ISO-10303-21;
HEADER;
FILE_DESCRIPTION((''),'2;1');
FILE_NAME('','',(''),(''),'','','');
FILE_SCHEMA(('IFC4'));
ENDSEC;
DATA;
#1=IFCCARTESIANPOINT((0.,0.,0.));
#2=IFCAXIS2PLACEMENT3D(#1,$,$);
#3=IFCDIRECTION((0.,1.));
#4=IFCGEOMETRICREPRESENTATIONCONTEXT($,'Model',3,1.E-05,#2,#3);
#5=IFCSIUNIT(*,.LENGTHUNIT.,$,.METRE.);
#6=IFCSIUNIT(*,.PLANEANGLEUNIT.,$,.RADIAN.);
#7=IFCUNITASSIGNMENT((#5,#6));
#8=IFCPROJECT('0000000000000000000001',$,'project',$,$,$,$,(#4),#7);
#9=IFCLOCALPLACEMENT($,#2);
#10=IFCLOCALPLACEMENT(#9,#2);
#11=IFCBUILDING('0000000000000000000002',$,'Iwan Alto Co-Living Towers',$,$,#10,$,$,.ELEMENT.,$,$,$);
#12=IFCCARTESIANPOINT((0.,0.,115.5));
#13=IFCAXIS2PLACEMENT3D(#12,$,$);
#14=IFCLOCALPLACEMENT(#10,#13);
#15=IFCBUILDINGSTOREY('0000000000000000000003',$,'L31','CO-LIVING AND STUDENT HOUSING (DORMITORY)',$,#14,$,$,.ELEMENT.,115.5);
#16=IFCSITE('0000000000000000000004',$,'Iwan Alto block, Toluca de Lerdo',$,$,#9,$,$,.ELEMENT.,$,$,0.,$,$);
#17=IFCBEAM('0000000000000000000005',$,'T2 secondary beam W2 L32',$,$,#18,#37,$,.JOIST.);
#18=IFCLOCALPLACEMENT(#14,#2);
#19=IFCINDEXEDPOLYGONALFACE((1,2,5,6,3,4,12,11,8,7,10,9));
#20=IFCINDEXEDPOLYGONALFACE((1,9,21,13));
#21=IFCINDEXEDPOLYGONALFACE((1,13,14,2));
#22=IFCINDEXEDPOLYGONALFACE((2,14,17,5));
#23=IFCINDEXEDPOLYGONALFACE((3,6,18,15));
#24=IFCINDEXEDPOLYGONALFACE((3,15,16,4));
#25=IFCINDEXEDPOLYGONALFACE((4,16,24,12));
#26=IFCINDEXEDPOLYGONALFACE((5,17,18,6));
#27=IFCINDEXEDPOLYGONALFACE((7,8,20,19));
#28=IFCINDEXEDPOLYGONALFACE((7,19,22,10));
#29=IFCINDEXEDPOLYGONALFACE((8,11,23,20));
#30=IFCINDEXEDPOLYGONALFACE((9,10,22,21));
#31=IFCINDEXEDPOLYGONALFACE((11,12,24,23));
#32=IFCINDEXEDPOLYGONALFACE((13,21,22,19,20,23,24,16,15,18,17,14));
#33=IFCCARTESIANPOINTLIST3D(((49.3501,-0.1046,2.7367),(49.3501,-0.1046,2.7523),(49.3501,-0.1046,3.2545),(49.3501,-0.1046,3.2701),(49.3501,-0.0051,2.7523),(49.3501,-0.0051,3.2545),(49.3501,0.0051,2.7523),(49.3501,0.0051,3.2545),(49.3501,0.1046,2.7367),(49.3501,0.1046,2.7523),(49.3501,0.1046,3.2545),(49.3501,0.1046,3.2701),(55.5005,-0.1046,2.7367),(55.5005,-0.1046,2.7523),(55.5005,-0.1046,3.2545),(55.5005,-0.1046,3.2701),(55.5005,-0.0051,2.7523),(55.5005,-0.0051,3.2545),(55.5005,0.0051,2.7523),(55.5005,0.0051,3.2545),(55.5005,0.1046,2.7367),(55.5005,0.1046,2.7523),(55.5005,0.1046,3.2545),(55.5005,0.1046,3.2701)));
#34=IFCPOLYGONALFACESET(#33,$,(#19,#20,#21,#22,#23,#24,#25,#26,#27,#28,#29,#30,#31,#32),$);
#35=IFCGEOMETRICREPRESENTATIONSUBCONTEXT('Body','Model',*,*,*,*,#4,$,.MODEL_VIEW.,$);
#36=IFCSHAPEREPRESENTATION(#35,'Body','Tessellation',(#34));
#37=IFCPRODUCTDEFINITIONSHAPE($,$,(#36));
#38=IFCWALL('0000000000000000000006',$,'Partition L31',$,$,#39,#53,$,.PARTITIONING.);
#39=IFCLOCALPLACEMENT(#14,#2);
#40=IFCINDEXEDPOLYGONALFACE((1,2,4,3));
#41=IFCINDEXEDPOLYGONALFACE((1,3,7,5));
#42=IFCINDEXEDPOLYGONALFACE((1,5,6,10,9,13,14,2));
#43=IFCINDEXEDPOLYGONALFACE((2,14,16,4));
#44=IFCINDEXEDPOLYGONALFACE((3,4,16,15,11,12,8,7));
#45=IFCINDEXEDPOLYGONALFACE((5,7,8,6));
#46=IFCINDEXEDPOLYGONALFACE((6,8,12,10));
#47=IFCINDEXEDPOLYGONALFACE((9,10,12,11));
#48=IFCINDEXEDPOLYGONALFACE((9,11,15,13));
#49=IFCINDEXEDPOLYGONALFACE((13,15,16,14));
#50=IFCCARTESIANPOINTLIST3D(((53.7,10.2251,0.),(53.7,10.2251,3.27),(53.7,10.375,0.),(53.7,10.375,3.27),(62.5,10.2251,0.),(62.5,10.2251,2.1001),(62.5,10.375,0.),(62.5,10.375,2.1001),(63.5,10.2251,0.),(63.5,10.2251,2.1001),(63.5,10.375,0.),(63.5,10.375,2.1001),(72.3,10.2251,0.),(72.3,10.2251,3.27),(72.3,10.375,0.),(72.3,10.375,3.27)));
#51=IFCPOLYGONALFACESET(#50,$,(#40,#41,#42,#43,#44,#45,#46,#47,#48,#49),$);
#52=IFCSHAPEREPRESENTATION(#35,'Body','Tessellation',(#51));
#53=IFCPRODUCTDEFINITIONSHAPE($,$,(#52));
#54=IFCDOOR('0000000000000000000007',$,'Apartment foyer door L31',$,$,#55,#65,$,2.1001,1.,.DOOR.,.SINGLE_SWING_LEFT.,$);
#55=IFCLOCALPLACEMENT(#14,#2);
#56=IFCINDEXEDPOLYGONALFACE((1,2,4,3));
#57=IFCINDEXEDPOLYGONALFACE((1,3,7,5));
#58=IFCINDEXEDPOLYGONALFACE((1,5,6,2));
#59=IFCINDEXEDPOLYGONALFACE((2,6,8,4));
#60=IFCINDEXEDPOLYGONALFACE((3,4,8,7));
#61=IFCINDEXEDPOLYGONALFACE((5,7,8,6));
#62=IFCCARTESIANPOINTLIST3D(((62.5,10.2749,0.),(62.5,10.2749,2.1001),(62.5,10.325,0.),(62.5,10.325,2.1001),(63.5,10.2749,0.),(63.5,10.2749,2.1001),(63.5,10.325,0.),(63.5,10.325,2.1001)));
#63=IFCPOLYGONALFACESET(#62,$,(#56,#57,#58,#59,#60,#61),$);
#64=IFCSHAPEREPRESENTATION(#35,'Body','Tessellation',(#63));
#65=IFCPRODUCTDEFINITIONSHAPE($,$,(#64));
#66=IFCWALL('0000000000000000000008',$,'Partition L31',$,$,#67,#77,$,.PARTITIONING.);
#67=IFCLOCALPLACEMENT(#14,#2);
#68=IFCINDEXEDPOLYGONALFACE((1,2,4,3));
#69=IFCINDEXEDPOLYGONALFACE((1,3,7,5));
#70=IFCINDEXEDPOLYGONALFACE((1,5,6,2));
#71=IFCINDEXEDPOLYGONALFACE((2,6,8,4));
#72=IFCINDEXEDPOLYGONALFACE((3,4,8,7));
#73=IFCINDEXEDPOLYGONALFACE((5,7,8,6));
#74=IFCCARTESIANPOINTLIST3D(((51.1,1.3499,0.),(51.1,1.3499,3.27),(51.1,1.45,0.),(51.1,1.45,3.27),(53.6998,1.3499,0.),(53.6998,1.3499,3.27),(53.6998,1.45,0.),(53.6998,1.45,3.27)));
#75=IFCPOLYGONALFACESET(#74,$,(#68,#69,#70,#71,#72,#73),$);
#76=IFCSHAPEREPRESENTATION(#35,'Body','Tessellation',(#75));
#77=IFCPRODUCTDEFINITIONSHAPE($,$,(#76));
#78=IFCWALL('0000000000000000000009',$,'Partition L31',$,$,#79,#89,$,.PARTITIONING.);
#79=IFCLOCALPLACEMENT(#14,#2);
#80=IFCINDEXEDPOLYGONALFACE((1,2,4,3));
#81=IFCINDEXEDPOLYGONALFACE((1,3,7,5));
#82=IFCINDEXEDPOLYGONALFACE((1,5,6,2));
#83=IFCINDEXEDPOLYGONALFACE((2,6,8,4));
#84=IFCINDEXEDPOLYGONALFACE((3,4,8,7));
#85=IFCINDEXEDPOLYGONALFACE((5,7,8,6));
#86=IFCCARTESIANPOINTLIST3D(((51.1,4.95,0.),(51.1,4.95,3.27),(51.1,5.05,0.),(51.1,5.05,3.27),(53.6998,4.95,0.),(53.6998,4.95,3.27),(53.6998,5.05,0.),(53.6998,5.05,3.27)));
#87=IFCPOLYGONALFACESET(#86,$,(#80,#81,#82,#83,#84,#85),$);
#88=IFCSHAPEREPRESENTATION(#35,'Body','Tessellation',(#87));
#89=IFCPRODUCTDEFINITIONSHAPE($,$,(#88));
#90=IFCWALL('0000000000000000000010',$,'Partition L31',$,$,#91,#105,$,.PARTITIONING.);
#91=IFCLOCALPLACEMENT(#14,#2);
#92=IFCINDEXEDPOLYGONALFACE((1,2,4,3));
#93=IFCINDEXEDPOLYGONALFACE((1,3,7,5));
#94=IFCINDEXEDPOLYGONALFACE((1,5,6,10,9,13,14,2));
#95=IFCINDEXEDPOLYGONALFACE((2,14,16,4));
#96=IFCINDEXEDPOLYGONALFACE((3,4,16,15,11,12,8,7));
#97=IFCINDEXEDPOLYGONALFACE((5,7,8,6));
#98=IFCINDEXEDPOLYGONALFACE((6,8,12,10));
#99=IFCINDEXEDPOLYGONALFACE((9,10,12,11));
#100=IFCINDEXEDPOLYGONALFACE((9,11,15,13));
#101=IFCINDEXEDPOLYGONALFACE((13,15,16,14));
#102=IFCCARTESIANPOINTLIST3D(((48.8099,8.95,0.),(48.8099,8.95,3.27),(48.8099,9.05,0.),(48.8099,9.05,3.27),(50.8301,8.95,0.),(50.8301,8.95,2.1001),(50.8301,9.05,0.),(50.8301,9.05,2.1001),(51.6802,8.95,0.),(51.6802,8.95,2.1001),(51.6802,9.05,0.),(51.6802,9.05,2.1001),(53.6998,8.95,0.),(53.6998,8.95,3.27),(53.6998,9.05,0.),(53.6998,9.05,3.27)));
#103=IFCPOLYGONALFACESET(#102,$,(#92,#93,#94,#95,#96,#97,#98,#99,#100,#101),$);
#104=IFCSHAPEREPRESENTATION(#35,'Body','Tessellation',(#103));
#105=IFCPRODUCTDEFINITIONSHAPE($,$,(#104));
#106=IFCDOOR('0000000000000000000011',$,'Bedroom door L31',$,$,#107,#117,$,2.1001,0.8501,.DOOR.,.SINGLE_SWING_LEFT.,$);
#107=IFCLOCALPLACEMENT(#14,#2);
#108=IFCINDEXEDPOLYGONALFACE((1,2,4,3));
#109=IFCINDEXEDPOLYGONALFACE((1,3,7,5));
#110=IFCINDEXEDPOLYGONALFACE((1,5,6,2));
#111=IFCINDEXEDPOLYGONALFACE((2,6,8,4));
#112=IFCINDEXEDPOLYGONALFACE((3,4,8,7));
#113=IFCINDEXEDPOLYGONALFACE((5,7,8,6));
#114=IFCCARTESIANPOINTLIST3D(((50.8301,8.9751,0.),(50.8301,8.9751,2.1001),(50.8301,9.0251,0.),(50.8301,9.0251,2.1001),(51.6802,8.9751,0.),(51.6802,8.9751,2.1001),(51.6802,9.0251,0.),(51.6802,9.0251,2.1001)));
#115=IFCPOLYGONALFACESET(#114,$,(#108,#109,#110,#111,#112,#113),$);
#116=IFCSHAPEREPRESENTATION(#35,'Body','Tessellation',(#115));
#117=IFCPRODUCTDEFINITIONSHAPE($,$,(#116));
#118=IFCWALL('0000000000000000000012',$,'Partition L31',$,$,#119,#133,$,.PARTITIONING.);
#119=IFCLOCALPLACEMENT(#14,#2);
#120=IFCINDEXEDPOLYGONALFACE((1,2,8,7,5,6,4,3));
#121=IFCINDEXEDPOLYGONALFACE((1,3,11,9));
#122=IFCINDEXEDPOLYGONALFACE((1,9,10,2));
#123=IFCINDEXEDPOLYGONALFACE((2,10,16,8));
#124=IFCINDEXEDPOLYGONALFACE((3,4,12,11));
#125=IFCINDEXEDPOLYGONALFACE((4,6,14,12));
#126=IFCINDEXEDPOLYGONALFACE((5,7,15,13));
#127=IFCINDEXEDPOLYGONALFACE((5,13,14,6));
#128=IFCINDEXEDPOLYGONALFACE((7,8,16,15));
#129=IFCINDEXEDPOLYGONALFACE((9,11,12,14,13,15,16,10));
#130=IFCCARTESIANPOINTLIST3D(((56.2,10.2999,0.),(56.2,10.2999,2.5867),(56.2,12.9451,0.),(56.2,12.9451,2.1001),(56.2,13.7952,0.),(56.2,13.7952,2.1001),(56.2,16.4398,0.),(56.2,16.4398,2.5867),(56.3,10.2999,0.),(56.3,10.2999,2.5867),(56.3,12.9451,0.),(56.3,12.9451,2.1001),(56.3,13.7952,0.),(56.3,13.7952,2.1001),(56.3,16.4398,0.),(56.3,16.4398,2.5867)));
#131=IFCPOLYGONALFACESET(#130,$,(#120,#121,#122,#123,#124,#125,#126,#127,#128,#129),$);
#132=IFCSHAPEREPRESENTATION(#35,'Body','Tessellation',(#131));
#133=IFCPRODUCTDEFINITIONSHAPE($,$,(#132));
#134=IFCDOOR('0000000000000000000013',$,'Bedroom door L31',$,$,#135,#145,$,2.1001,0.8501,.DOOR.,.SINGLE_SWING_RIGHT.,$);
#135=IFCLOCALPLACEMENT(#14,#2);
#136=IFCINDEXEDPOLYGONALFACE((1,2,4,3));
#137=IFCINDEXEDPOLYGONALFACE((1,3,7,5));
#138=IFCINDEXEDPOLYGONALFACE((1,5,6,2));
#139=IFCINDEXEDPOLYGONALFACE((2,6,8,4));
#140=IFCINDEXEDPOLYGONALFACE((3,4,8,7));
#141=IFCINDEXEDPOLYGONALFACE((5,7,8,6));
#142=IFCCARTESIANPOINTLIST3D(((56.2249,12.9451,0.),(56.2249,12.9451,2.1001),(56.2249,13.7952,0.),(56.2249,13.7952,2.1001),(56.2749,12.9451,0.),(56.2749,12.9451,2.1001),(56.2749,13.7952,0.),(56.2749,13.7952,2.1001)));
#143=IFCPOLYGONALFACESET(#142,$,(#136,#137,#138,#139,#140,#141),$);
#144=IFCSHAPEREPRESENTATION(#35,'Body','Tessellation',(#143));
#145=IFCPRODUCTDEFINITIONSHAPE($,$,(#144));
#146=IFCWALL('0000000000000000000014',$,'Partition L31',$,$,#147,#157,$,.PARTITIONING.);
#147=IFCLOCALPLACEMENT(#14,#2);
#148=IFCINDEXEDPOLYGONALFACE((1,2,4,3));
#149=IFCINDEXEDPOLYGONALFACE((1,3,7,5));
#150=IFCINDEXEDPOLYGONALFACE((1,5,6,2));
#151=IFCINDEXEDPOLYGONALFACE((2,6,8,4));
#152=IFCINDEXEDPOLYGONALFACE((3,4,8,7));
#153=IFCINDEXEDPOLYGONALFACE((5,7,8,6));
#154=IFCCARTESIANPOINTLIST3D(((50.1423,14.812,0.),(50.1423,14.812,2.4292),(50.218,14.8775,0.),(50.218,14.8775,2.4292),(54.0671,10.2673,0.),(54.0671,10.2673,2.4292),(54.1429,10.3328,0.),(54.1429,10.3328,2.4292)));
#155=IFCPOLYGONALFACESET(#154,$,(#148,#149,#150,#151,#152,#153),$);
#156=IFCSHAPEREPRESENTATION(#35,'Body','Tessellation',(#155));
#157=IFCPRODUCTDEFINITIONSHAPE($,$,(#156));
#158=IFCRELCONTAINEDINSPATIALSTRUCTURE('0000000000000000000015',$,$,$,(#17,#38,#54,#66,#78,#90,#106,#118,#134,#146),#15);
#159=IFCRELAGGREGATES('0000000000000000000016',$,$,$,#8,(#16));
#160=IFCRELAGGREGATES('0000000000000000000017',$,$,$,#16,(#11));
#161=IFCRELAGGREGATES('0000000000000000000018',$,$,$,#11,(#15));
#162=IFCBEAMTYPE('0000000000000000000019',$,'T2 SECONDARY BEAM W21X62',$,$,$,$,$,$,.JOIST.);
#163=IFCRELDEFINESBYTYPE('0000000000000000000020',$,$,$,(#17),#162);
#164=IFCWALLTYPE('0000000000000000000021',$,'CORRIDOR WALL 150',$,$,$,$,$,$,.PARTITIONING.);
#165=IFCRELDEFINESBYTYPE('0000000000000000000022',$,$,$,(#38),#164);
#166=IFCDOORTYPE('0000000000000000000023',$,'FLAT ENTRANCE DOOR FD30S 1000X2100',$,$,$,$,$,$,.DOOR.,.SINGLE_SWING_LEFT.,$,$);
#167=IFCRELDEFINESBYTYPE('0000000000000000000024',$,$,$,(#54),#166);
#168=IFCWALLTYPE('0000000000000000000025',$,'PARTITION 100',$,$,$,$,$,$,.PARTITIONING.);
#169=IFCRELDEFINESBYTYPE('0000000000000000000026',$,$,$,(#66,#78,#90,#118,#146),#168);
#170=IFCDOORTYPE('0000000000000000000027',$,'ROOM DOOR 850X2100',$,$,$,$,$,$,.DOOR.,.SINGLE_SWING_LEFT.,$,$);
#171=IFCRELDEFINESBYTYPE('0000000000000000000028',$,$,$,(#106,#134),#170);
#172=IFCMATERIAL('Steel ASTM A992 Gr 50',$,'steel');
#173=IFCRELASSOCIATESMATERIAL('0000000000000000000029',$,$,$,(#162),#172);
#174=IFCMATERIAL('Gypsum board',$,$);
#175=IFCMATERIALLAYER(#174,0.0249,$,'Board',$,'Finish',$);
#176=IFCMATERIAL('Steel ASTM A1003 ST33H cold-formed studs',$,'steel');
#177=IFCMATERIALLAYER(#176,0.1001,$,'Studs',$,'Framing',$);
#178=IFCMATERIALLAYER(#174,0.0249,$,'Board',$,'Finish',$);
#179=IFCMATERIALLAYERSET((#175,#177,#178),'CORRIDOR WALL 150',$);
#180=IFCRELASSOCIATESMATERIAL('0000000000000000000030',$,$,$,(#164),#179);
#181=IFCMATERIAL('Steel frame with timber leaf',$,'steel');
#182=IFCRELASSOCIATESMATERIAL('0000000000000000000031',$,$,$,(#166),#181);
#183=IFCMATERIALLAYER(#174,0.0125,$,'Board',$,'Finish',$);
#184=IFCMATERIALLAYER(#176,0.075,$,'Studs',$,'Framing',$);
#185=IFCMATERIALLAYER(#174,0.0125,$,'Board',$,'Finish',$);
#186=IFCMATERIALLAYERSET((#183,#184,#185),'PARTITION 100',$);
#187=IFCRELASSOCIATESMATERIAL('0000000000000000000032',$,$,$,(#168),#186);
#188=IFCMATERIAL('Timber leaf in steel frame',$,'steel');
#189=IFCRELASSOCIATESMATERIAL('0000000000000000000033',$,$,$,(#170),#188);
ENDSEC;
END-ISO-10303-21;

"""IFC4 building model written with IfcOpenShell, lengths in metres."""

from ifc_helpers import new_model, si_unit, direction, frame, frame_2d, origin, origin_2d, place, context, subcontext, project, spatial, rectangle, i_section, extrude, material, layer, layer_set, material_profile, profile_set, type_object, element, fill, save


model = new_model("IFC4")

# Units and contexts
model_context = context("Model", 3, precision=1e-05, world=origin(), true_north=direction((0.0, 1.0)))
body_context = subcontext(model_context, "Body", "Model", "MODEL_VIEW")
ifc_project = project(units=[si_unit("LENGTHUNIT", "METRE"), si_unit("PLANEANGLEUNIT", "RADIAN")], contexts=[model_context])

# Site, building, storey
site_placement = place(None, origin())
site = spatial("IfcSite", under=ifc_project, at=site_placement, Name="Iwan Alto block, Toluca de Lerdo", CompositionType="ELEMENT", RefElevation=0.0)
building_placement = place(site_placement, origin())
building = spatial("IfcBuilding", under=site, at=building_placement, Name="Iwan Alto Co-Living Towers", CompositionType="ELEMENT")
storey_placement = place(building_placement, frame((0.0, 0.0, 115.5)))
storey = spatial("IfcBuildingStorey", under=building, at=storey_placement, Name="L31", Description="CO-LIVING AND STUDENT HOUSING (DORMITORY)", CompositionType="ELEMENT", Elevation=115.5)

# Beam
ifc_material_1 = material(Name="Steel ASTM A992 Gr 50", Category="steel")
ifc_material_profile_1 = material_profile(ifc_material_1, i_section(OverallWidth=0.2092, OverallDepth=0.5334, WebThickness=0.0103, FlangeThickness=0.0156, at=origin_2d()), Name="W21X62")
ifc_profile_set_1 = profile_set([ifc_material_profile_1], Name="Steel ASTM A992 Gr 50")
beam_type_1 = type_object("IfcBeamType", Name="T2 SECONDARY BEAM W21X62", PredefinedType="JOIST", material=ifc_profile_set_1)
for number, where, z_axis, x_axis, name in (
    (1, (49.3501, 0.0, 3.0034), (1.0, 0.0, 0.0), (0.0, 1.0, 0.0), "T2 secondary beam W2 L32"),
):
    element("IfcBeam", number, at=place(storey_placement, frame(where, z_axis=z_axis, x_axis=x_axis)), inside=storey, type_object=beam_type_1, Name=name, PredefinedType="JOIST", context=body_context, shape_type="SweptSolid", body=[
        extrude(i_section(OverallWidth=0.2092, OverallDepth=0.5334, WebThickness=0.0103, FlangeThickness=0.0156, at=origin_2d()), origin(), (0.0, 0.0, 1.0), 6.1504),
    ])

# Wall, opening, door
ifc_material_2 = material(Name="Gypsum board")
ifc_layer_1 = layer(ifc_material_2, 0.0249, Name="Board", Category="Finish")
ifc_material_3 = material(Name="Steel ASTM A1003 ST33H cold-formed studs", Category="steel")
ifc_layer_2 = layer(ifc_material_3, 0.1001, Name="Studs", Category="Framing")
ifc_layer_3 = layer(ifc_material_2, 0.0249, Name="Board", Category="Finish")
ifc_layer_set_1 = layer_set([ifc_layer_1, ifc_layer_2, ifc_layer_3], Name="CORRIDOR WALL 150")
wall_type_1 = type_object("IfcWallType", Name="CORRIDOR WALL 150", PredefinedType="PARTITIONING", material=ifc_layer_set_1)
wall_1_placement = place(storey_placement, frame((53.7, 10.3, 0.0), z_axis=(0.0, 0.0, 1.0), x_axis=(1.0, 0.0, 0.0)))
wall_1 = element("IfcWall", 2, at=wall_1_placement, inside=storey, type_object=wall_type_1, Name="Partition L31", PredefinedType="PARTITIONING", context=body_context, shape_type="SweptSolid", body=[
    extrude(rectangle(XDim=18.6001, YDim=0.1499, at=frame_2d((9.3, 0.0))), origin(), (0.0, 0.0, 1.0), 3.27),
])
opening_1_placement = place(wall_1_placement, frame((8.8, 0.0, 0.0)))
opening_1 = element("IfcOpeningElement", 3, at=opening_1_placement, cuts=wall_1, PredefinedType="OPENING", context=body_context, shape_type="SweptSolid", body=[
    extrude(rectangle(XDim=1.0, YDim=2.1001, at=frame_2d((0.5, 1.05))), frame((0.0, 0.085, 0.0), z_axis=(0.0, -1.0, 0.0), x_axis=(1.0, 0.0, 0.0)), (0.0, 0.0, 1.0), 0.1699),
])
ifc_material_4 = material(Name="Steel frame with timber leaf", Category="steel")
door_type_1 = type_object("IfcDoorType", Name="FLAT ENTRANCE DOOR FD30S 1000X2100", OperationType="SINGLE_SWING_LEFT", PredefinedType="DOOR", material=ifc_material_4)
door_1_placement = place(opening_1_placement, origin())
door_1 = element("IfcDoor", 4, at=door_1_placement, inside=storey, type_object=door_type_1, Name="Apartment foyer door L31", OperationType="SINGLE_SWING_LEFT", OverallHeight=2.1001, OverallWidth=1.0, PredefinedType="DOOR", context=body_context, shape_type="SweptSolid", body=[
    extrude(rectangle(XDim=1.0, YDim=2.1001, at=frame_2d((0.5, 1.05))), frame((0.0, 0.0249, 0.0), z_axis=(0.0, -1.0, 0.0), x_axis=(1.0, 0.0, 0.0)), (0.0, 0.0, 1.0), 0.05),
])
fill(opening_1, door_1)

# Walls
ifc_layer_4 = layer(ifc_material_2, 0.0125, Name="Board", Category="Finish")
ifc_layer_5 = layer(ifc_material_3, 0.075, Name="Studs", Category="Framing")
ifc_layer_6 = layer(ifc_material_2, 0.0125, Name="Board", Category="Finish")
ifc_layer_set_2 = layer_set([ifc_layer_4, ifc_layer_5, ifc_layer_6], Name="PARTITION 100")
wall_type_2 = type_object("IfcWallType", Name="PARTITION 100", PredefinedType="PARTITIONING", material=ifc_layer_set_2)
for number, where, z_axis, x_axis, name in (
    (5, (51.1001, 1.3999, 0.0), (0.0, 0.0, 1.0), (1.0, 0.0, 0.0), "Partition L31"),
    (6, (51.1001, 5.0, 0.0), (0.0, 0.0, 1.0), (1.0, 0.0, 0.0), "Partition L31"),
):
    element("IfcWall", number, at=place(storey_placement, frame(where, z_axis=z_axis, x_axis=x_axis)), inside=storey, type_object=wall_type_2, Name=name, PredefinedType="PARTITIONING", context=body_context, shape_type="SweptSolid", body=[
        extrude(rectangle(XDim=2.5999, YDim=0.1001, at=frame_2d((1.2998, 0.0))), origin(), (0.0, 0.0, 1.0), 3.27),
    ])

# Walls, openings, doors
wall_2_placement = place(storey_placement, frame((48.8101, 9.0, 0.0), z_axis=(0.0, 0.0, 1.0), x_axis=(1.0, 0.0, 0.0)))
wall_2 = element("IfcWall", 7, at=wall_2_placement, inside=storey, type_object=wall_type_2, Name="Partition L31", PredefinedType="PARTITIONING", context=body_context, shape_type="SweptSolid", body=[
    extrude(rectangle(XDim=4.8899, YDim=0.1001, at=frame_2d((2.4448, 0.0))), origin(), (0.0, 0.0, 1.0), 3.27),
])
opening_2_placement = place(wall_2_placement, frame((2.02, 0.0, 0.0)))
opening_2 = element("IfcOpeningElement", 8, at=opening_2_placement, cuts=wall_2, PredefinedType="OPENING", context=body_context, shape_type="SweptSolid", body=[
    extrude(rectangle(XDim=0.8501, YDim=2.1001, at=frame_2d((0.425, 1.05))), frame((0.0, 0.0601, 0.0), z_axis=(0.0, -1.0, 0.0), x_axis=(1.0, 0.0, 0.0)), (0.0, 0.0, 1.0), 0.1201),
])
ifc_material_5 = material(Name="Timber leaf in steel frame", Category="steel")
door_type_2 = type_object("IfcDoorType", Name="ROOM DOOR 850X2100", OperationType="SINGLE_SWING_LEFT", PredefinedType="DOOR", material=ifc_material_5)
door_2_placement = place(opening_2_placement, frame((0.8501, 0.0, 0.0), z_axis=(0.0, 0.0, 1.0), x_axis=(-1.0, 0.0, 0.0)))
door_2 = element("IfcDoor", 9, at=door_2_placement, inside=storey, type_object=door_type_2, Name="Bedroom door L31", OperationType="SINGLE_SWING_LEFT", OverallHeight=2.1001, OverallWidth=0.8501, PredefinedType="DOOR", context=body_context, shape_type="SweptSolid", body=[
    extrude(rectangle(XDim=0.8501, YDim=2.1001, at=frame_2d((0.425, 1.05))), frame((0.0, 0.0249, 0.0), z_axis=(0.0, -1.0, 0.0), x_axis=(1.0, 0.0, 0.0)), (0.0, 0.0, 1.0), 0.05),
])
fill(opening_2, door_2)
wall_3_placement = place(storey_placement, frame((56.25, 10.3, 0.0), z_axis=(0.0, 0.0, 1.0), x_axis=(0.0, 1.0, 0.0)))
wall_3 = element("IfcWall", 10, at=wall_3_placement, inside=storey, type_object=wall_type_2, Name="Partition L31", PredefinedType="PARTITIONING", context=body_context, shape_type="SweptSolid", body=[
    extrude(rectangle(XDim=6.1399, YDim=0.1001, at=frame_2d((3.0698, 0.0))), origin(), (0.0, 0.0, 1.0), 2.5867),
])
opening_3_placement = place(wall_3_placement, frame((2.645, 0.0, 0.0)))
opening_3 = element("IfcOpeningElement", 11, at=opening_3_placement, cuts=wall_3, PredefinedType="OPENING", context=body_context, shape_type="SweptSolid", body=[
    extrude(rectangle(XDim=0.8501, YDim=2.1001, at=frame_2d((0.425, 1.05))), frame((0.0, 0.0601, 0.0), z_axis=(0.0, -1.0, 0.0), x_axis=(1.0, 0.0, 0.0)), (0.0, 0.0, 1.0), 0.1201),
])
door_3_placement = place(opening_3_placement, frame((0.8501, 0.0, 0.0), z_axis=(0.0, 0.0, 1.0), x_axis=(-1.0, 0.0, 0.0)))
door_3 = element("IfcDoor", 12, at=door_3_placement, inside=storey, type_object=door_type_2, Name="Bedroom door L31", OperationType="SINGLE_SWING_RIGHT", OverallHeight=2.1001, OverallWidth=0.8501, PredefinedType="DOOR", context=body_context, shape_type="SweptSolid", body=[
    extrude(rectangle(XDim=0.8501, YDim=2.1001, at=frame_2d((0.425, 1.05))), frame((0.0, 0.0249, 0.0), z_axis=(0.0, -1.0, 0.0), x_axis=(1.0, 0.0, 0.0)), (0.0, 0.0, 1.0), 0.05),
])
fill(opening_3, door_3)

# Wall
wall_4_placement = place(storey_placement, frame((54.105, 10.3, 0.0), z_axis=(0.0, 0.0, 1.0), x_axis=(-0.653606, 0.756835, 0.0)))
element("IfcWall", 13, at=wall_4_placement, inside=storey, type_object=wall_type_2, Name="Partition L31", PredefinedType="PARTITIONING", context=body_context, shape_type="SweptSolid", body=[
    extrude(rectangle(XDim=6.0049, YDim=0.1001, at=frame_2d((3.0024, 0.0))), origin(), (0.0, 0.0, 1.0), 2.4292),
])

save(model, "model.ifc")
